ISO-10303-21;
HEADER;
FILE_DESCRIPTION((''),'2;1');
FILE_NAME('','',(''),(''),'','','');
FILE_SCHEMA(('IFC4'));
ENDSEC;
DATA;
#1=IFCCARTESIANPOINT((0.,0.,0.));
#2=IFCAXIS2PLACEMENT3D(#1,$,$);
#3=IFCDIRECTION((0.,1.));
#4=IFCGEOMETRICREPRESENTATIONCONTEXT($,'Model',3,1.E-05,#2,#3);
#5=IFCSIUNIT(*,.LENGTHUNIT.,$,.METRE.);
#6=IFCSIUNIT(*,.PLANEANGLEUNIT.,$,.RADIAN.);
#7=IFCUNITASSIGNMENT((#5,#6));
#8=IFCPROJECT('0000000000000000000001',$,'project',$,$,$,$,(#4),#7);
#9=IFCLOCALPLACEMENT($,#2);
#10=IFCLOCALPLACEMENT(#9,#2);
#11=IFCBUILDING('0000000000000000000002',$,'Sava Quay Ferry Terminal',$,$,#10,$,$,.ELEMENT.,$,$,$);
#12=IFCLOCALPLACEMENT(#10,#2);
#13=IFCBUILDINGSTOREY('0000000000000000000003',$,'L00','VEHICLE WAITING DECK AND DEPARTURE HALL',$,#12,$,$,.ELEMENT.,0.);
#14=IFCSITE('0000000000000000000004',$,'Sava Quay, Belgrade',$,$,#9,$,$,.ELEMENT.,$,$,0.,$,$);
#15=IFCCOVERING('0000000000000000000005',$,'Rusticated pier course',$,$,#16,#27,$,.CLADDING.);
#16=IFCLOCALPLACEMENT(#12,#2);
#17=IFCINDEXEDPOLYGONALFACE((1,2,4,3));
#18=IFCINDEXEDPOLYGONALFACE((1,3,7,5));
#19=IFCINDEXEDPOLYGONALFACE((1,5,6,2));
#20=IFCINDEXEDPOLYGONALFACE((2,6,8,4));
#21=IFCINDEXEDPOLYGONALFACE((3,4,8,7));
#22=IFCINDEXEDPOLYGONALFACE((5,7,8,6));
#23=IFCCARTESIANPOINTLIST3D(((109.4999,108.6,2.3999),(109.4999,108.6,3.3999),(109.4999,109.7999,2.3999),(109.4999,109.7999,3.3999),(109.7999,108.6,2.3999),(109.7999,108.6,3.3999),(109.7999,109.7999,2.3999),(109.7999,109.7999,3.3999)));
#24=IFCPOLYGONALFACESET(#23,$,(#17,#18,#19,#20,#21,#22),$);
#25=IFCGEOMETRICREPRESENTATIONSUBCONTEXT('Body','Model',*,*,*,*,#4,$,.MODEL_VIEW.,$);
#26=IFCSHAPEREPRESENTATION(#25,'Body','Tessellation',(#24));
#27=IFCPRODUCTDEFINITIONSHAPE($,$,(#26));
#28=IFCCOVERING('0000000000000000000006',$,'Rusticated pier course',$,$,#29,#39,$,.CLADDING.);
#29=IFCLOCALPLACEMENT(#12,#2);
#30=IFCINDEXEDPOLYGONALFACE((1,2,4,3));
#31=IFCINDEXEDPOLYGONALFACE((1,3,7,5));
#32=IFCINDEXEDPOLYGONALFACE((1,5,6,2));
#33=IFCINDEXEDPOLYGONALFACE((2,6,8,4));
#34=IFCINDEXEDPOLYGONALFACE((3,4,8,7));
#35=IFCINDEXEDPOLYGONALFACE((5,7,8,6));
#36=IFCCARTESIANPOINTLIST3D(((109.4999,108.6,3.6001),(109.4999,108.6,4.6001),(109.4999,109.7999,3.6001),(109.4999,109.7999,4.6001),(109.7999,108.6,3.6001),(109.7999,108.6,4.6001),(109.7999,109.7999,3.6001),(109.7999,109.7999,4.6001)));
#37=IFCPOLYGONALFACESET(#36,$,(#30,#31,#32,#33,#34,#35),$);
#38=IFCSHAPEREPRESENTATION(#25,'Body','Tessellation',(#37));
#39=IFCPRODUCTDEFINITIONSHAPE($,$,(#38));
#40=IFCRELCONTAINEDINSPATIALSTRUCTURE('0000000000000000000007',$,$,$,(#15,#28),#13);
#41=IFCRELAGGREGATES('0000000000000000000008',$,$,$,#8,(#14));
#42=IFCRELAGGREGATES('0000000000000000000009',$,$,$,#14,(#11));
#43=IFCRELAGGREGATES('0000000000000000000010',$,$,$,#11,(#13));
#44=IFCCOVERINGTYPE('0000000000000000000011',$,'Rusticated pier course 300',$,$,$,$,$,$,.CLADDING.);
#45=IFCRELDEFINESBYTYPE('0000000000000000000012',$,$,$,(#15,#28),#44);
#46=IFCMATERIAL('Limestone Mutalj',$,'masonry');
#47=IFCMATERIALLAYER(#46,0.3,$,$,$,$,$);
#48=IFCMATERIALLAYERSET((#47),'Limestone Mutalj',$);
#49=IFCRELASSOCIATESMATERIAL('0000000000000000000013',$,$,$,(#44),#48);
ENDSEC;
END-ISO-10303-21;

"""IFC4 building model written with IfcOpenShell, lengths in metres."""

from ifc_helpers import new_model, si_unit, direction, frame, origin, origin_2d, place, context, subcontext, project, spatial, rectangle, extrude, material, layer, layer_set, type_object, element, save


model = new_model("IFC4")

# Units and contexts
model_context = context("Model", 3, precision=1e-05, world=origin(), true_north=direction((0.0, 1.0)))
body_context = subcontext(model_context, "Body", "Model", "MODEL_VIEW")
ifc_project = project(units=[si_unit("LENGTHUNIT", "METRE"), si_unit("PLANEANGLEUNIT", "RADIAN")], contexts=[model_context])

# Site, building, storey
site_placement = place(None, origin())
site = spatial("IfcSite", under=ifc_project, at=site_placement, Name="Sava Quay, Belgrade", CompositionType="ELEMENT", RefElevation=0.0)
building_placement = place(site_placement, origin())
building = spatial("IfcBuilding", under=site, at=building_placement, Name="Sava Quay Ferry Terminal", CompositionType="ELEMENT")
storey_placement = place(building_placement, origin())
storey = spatial("IfcBuildingStorey", under=building, at=storey_placement, Name="L00", Description="VEHICLE WAITING DECK AND DEPARTURE HALL", CompositionType="ELEMENT", Elevation=0.0)

# Coverings
ifc_material_1 = material(Name="Limestone Mutalj", Category="masonry")
ifc_layer_1 = layer(ifc_material_1, 0.3)
ifc_layer_set_1 = layer_set([ifc_layer_1], Name="Limestone Mutalj")
covering_type_1 = type_object("IfcCoveringType", Name="Rusticated pier course 300", PredefinedType="CLADDING", material=ifc_layer_set_1)
for number, where, z_axis, x_axis, name in (
    (1, (109.6499, 109.2, 2.3999), (0.0, 0.0, 1.0), (1.0, 0.0, 0.0), "Rusticated pier course"),
    (2, (109.6499, 109.2, 3.6001), (0.0, 0.0, 1.0), (1.0, 0.0, 0.0), "Rusticated pier course"),
):
    element("IfcCovering", number, at=place(storey_placement, frame(where, z_axis=z_axis, x_axis=x_axis)), inside=storey, type_object=covering_type_1, Name=name, PredefinedType="CLADDING", context=body_context, shape_type="SweptSolid", body=[
        extrude(rectangle(XDim=0.3, YDim=1.2, at=origin_2d()), origin(), (0.0, 0.0, 1.0), 1.0),
    ])

save(model, "model.ifc")
